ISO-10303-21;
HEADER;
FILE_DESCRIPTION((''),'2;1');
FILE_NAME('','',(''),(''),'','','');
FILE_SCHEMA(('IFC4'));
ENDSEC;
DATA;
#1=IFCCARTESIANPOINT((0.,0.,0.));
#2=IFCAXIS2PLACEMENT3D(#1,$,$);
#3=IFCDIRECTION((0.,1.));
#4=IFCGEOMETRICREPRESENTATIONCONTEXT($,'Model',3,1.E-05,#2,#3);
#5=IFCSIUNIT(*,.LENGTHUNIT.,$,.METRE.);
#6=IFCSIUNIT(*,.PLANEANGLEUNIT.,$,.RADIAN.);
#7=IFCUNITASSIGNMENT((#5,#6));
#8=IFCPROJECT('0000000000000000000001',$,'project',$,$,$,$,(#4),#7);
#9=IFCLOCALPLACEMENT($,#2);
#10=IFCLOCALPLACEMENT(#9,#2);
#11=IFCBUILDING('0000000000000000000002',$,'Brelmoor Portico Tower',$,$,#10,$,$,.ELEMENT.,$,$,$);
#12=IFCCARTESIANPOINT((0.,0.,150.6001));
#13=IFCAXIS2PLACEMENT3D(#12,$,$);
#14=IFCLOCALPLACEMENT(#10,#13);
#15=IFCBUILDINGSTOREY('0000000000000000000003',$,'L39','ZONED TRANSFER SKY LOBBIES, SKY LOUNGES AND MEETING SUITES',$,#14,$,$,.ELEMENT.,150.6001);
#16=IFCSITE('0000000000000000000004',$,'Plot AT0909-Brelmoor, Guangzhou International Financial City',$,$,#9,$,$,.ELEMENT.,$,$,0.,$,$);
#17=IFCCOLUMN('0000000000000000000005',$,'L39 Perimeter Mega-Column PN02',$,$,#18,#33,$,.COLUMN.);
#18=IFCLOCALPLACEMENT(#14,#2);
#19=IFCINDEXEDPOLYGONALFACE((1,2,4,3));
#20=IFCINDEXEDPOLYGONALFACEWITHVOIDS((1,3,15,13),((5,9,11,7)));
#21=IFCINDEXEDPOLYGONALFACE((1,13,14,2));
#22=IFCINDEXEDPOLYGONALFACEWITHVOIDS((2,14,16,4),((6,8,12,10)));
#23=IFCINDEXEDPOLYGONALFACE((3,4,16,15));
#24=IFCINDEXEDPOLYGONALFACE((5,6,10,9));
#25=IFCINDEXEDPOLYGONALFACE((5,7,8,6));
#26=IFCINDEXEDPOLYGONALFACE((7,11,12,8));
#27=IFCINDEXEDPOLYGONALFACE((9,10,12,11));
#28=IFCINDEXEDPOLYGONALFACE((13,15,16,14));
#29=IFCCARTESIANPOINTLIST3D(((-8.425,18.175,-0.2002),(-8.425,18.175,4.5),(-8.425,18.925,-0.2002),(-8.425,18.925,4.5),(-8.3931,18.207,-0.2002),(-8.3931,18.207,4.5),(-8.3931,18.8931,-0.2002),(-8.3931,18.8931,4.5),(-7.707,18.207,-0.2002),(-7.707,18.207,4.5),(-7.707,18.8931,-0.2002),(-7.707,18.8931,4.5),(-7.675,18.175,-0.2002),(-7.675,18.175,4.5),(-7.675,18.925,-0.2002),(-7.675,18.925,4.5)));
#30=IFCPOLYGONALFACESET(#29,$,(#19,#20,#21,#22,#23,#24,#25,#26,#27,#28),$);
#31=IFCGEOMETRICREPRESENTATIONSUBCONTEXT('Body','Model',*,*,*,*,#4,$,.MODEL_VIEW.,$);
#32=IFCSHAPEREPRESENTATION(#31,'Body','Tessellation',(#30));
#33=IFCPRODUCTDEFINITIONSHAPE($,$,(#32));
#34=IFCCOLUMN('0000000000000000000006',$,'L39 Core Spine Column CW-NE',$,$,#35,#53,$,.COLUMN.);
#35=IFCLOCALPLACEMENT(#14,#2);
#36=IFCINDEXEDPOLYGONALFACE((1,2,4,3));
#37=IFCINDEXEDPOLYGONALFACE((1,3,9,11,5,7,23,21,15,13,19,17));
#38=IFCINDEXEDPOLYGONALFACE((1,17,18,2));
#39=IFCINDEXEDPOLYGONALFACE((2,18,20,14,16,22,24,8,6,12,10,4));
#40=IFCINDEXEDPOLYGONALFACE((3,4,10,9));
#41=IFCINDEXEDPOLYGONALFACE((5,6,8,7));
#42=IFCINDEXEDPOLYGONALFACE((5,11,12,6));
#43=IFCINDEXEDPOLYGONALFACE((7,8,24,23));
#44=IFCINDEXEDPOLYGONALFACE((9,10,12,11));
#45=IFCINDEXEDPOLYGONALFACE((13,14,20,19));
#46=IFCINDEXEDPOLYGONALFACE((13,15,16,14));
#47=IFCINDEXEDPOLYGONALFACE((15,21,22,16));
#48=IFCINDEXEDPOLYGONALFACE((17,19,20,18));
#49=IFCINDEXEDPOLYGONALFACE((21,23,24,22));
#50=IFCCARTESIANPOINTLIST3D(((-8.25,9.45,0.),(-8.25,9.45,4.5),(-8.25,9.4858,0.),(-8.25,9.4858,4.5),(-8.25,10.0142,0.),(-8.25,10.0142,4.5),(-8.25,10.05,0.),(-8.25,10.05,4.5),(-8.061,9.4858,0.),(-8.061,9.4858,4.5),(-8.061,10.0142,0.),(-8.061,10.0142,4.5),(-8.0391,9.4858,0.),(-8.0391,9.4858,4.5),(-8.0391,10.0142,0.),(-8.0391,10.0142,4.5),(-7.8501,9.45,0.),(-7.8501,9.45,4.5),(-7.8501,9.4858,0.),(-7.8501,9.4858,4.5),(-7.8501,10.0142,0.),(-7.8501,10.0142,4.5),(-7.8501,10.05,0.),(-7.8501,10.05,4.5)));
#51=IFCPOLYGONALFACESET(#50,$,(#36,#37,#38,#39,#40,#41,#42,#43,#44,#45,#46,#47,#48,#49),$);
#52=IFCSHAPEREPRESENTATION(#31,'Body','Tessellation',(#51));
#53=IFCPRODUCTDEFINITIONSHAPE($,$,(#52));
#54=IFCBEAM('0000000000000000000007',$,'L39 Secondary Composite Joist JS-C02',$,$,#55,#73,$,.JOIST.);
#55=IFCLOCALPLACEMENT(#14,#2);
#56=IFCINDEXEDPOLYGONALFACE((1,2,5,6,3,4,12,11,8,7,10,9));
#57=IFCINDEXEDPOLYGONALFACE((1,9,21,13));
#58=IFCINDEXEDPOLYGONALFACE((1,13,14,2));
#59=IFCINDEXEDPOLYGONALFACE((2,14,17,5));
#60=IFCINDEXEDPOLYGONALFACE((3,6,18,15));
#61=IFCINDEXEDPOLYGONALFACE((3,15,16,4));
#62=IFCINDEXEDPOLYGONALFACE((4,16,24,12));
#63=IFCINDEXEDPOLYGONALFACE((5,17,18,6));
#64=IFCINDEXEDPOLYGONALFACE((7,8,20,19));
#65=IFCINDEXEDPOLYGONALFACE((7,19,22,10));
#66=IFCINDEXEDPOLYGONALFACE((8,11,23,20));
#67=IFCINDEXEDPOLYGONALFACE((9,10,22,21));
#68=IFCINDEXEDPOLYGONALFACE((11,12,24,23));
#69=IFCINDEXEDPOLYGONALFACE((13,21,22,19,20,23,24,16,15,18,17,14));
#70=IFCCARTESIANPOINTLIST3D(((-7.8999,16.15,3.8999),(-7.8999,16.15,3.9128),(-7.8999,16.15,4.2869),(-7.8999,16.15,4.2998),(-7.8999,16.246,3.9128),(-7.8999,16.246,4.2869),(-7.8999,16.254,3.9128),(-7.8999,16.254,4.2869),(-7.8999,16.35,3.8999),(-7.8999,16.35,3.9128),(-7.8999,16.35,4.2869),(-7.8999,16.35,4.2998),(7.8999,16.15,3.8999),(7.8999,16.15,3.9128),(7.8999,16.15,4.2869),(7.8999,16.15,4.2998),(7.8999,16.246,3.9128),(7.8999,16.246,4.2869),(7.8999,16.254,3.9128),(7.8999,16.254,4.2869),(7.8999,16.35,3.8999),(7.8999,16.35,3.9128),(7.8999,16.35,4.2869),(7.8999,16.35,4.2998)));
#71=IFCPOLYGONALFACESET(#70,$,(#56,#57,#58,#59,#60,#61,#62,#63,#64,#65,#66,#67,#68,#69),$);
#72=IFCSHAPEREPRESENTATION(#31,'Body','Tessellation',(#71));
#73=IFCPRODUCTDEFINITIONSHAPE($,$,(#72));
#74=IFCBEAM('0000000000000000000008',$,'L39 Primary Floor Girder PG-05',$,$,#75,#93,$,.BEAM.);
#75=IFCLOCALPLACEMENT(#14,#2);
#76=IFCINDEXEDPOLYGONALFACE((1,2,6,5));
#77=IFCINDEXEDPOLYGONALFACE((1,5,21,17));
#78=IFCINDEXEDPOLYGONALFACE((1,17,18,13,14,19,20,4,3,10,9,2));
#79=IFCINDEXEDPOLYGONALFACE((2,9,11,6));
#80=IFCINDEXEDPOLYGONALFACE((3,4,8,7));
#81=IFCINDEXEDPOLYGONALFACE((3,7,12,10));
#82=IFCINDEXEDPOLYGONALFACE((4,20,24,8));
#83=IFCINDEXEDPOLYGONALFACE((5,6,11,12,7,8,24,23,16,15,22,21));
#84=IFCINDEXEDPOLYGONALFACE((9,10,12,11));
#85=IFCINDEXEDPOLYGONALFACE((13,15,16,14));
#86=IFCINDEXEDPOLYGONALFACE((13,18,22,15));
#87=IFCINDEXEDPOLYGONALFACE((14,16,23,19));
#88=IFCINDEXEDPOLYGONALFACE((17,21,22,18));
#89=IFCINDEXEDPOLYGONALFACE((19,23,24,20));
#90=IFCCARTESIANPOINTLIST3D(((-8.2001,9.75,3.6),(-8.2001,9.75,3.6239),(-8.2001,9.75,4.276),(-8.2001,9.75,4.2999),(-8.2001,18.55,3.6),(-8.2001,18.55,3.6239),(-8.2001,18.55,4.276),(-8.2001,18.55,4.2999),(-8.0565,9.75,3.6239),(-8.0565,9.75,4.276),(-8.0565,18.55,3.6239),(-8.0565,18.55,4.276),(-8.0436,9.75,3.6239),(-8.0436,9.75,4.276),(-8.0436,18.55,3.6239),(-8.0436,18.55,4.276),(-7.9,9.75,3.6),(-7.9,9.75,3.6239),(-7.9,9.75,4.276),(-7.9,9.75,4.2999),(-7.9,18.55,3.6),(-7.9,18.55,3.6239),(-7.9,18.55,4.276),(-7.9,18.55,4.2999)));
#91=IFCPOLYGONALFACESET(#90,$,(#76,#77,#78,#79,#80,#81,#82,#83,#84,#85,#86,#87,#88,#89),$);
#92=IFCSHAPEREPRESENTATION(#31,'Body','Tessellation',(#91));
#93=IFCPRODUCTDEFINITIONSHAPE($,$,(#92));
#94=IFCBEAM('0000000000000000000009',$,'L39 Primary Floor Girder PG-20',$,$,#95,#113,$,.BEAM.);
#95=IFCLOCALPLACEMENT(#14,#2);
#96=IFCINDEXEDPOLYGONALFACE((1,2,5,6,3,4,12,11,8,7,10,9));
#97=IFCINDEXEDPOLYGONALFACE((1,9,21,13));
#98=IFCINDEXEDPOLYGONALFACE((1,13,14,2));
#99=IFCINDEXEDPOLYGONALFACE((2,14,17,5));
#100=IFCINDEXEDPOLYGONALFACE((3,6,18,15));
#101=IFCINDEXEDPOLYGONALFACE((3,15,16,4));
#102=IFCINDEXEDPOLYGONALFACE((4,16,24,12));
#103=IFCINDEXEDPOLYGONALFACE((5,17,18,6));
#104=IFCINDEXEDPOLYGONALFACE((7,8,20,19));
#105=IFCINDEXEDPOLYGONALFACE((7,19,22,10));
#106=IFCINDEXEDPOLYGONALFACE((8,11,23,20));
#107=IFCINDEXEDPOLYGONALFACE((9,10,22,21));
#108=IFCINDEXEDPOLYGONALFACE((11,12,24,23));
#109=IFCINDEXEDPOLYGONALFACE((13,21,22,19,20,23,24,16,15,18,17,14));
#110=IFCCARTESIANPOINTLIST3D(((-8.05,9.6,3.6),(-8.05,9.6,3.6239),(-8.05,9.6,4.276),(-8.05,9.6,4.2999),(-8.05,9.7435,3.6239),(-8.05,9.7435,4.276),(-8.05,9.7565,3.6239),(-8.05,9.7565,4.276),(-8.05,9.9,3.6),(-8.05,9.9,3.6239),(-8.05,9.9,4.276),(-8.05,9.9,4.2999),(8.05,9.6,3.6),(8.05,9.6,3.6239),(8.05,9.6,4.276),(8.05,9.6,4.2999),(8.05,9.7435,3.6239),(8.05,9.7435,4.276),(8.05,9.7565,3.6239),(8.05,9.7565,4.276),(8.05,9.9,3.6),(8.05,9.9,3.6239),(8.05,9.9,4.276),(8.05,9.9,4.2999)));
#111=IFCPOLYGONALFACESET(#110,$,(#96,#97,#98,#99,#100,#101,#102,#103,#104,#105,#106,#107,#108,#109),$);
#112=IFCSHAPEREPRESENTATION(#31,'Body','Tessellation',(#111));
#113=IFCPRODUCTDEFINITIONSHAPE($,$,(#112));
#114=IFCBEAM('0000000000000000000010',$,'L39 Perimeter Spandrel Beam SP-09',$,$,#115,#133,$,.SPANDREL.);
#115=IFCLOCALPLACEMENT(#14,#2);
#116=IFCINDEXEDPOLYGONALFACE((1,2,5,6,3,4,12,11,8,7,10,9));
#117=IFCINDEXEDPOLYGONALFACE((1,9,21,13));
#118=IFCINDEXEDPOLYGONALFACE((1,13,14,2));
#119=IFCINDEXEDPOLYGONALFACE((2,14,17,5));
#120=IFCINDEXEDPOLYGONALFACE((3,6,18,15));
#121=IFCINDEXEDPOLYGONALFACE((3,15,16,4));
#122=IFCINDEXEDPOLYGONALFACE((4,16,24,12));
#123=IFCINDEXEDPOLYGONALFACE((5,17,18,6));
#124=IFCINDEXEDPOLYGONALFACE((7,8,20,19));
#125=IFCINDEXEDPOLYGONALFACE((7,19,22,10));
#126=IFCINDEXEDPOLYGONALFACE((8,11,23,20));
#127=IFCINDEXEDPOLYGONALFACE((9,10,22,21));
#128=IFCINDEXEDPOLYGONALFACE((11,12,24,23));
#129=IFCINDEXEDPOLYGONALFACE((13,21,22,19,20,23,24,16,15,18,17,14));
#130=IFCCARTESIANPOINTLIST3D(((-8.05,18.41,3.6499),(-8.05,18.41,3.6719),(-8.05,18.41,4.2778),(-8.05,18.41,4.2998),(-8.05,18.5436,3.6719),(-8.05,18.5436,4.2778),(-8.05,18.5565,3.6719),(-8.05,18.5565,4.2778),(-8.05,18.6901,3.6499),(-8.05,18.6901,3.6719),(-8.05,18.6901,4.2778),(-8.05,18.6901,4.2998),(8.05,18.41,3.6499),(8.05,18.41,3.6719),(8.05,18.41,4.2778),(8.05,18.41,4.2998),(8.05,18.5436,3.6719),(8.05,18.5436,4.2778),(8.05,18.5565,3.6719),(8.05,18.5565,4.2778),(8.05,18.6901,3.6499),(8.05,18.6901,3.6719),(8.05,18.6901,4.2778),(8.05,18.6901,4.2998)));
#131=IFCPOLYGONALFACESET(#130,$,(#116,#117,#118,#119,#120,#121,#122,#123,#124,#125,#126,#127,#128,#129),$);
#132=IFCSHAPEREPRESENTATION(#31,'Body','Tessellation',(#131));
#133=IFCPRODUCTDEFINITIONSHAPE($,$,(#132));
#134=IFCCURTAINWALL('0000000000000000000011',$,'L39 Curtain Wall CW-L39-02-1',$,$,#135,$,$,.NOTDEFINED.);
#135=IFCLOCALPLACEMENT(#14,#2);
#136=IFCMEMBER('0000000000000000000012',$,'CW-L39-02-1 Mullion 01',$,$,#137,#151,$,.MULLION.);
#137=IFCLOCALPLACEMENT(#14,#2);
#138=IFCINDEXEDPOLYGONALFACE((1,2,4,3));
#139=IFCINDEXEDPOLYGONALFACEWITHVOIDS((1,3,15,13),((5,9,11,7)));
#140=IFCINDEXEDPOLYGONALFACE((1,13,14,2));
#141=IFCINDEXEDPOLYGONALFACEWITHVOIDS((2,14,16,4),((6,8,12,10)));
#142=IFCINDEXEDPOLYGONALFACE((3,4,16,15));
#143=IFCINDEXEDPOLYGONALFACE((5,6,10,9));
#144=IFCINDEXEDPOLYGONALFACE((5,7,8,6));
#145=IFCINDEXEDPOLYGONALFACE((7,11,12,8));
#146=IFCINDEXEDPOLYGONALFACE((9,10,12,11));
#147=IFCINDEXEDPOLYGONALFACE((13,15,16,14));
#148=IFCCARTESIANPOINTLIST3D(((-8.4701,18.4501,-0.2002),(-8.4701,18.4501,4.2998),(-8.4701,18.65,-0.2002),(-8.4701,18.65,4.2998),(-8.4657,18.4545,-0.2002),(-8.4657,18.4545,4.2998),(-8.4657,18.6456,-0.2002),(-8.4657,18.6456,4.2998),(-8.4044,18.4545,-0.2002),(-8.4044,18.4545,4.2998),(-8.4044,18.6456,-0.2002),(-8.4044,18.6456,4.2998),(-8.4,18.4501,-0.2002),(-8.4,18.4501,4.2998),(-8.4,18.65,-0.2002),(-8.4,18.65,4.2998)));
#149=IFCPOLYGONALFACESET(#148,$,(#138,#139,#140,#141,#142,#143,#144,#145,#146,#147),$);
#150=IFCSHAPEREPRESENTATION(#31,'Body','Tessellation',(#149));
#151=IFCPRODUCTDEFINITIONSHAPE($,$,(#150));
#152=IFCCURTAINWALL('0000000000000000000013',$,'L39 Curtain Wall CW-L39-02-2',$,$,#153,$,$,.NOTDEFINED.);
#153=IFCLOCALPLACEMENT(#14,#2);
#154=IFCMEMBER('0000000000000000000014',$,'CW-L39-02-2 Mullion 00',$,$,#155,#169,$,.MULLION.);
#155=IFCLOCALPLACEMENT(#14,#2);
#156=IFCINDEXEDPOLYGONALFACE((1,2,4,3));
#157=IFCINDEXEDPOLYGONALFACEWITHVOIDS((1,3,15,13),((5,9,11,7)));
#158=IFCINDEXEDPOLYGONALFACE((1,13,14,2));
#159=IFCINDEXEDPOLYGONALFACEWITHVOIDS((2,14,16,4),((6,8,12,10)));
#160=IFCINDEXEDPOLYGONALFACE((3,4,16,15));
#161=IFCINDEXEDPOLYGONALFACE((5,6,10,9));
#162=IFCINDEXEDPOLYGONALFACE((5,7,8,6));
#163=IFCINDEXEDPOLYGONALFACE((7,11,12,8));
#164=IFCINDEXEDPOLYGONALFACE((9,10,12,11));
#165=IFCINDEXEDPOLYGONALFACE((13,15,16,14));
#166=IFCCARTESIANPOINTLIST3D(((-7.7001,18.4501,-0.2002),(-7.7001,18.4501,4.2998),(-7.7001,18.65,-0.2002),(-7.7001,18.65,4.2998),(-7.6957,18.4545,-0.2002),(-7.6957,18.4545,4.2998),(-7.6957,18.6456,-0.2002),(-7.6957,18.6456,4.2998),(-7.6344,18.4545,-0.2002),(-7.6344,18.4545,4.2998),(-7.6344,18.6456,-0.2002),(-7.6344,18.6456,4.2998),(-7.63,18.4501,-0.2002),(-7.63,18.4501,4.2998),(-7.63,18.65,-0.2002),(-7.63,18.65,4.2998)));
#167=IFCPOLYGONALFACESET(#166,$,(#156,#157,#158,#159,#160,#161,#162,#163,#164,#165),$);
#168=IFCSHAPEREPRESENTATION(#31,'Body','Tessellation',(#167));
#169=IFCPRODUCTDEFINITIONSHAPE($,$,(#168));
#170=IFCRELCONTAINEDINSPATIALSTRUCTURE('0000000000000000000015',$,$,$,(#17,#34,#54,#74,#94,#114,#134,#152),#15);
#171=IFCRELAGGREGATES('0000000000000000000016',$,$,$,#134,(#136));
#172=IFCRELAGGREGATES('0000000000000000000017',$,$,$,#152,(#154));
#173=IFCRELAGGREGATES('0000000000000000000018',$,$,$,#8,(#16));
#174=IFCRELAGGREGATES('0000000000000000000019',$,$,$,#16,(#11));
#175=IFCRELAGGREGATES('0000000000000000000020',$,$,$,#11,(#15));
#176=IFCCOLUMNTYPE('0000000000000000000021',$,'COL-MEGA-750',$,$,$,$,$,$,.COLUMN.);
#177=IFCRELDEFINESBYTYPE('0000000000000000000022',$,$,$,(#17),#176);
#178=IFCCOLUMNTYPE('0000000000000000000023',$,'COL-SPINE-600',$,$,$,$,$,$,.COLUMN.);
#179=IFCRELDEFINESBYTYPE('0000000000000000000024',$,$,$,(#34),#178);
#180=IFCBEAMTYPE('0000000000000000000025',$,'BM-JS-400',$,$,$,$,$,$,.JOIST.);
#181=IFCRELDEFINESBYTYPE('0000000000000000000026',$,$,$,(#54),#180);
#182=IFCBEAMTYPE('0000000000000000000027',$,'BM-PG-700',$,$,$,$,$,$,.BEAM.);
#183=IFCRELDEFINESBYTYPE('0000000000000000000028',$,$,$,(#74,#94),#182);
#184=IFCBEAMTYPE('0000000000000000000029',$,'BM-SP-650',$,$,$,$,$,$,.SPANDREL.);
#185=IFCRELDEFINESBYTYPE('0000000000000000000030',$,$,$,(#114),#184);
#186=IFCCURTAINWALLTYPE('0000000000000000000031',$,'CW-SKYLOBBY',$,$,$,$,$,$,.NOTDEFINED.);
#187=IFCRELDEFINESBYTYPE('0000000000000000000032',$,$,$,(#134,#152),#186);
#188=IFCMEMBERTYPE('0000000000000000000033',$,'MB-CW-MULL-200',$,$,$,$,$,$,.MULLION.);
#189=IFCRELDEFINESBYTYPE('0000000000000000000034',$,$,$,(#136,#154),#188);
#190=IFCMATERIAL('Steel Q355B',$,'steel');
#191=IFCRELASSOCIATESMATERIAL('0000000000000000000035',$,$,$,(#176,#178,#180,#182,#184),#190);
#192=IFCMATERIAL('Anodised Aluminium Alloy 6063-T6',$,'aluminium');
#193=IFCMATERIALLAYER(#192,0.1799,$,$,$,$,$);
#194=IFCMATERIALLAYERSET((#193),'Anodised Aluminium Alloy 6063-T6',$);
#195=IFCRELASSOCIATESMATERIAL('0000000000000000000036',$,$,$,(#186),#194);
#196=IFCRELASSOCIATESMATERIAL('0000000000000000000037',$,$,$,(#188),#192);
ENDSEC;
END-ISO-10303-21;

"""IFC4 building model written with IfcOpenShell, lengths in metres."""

from ifc_helpers import new_model, si_unit, direction, frame, origin, origin_2d, place, context, subcontext, project, spatial, hollow_rectangle, i_section, extrude, material, layer, layer_set, material_profile, profile_set, type_object, element, aggregate, save


model = new_model("IFC4")

# Units and contexts
model_context = context("Model", 3, precision=1e-05, world=origin(), true_north=direction((0.0, 1.0)))
body_context = subcontext(model_context, "Body", "Model", "MODEL_VIEW")
ifc_project = project(units=[si_unit("LENGTHUNIT", "METRE"), si_unit("PLANEANGLEUNIT", "RADIAN")], contexts=[model_context])

# Site, building, storey
site_placement = place(None, origin())
site = spatial("IfcSite", under=ifc_project, at=site_placement, Name="Plot AT0909-Brelmoor, Guangzhou International Financial City", CompositionType="ELEMENT", RefElevation=0.0)
building_placement = place(site_placement, origin())
building = spatial("IfcBuilding", under=site, at=building_placement, Name="Brelmoor Portico Tower", CompositionType="ELEMENT")
storey_placement = place(building_placement, frame((0.0, 0.0, 150.6001)))
storey = spatial("IfcBuildingStorey", under=building, at=storey_placement, Name="L39", Description="ZONED TRANSFER SKY LOBBIES, SKY LOUNGES AND MEETING SUITES", CompositionType="ELEMENT", Elevation=150.6001)

# Columns
ifc_material_1 = material(Name="Steel Q355B", Category="steel")
ifc_material_profile_1 = material_profile(ifc_material_1, hollow_rectangle(XDim=0.75, YDim=0.75, WallThickness=0.032, at=origin_2d()), Name="BOX 750x750x32")
ifc_profile_set_1 = profile_set([ifc_material_profile_1], Name="Steel Q355B")
column_type_1 = type_object("IfcColumnType", Name="COL-MEGA-750", PredefinedType="COLUMN", material=ifc_profile_set_1)
column_1_placement = place(storey_placement, frame((-8.05, 18.55, -0.2002), z_axis=(0.0, 0.0, 1.0), x_axis=(1.0, 0.0, 0.0)))
element("IfcColumn", 1, at=column_1_placement, inside=storey, type_object=column_type_1, Name="L39 Perimeter Mega-Column PN02", PredefinedType="COLUMN", context=body_context, shape_type="SweptSolid", body=[
    extrude(hollow_rectangle(XDim=0.75, YDim=0.75, WallThickness=0.032, at=origin_2d()), origin(), (0.0, 0.0, 1.0), 4.7002),
])
ifc_material_profile_2 = material_profile(ifc_material_1, i_section(OverallWidth=0.3999, OverallDepth=0.6001, WebThickness=0.022, FlangeThickness=0.0359, at=origin_2d()), Name="HW 600x400x22x36")
ifc_profile_set_2 = profile_set([ifc_material_profile_2], Name="Steel Q355B")
column_type_2 = type_object("IfcColumnType", Name="COL-SPINE-600", PredefinedType="COLUMN", material=ifc_profile_set_2)
column_2_placement = place(storey_placement, frame((-8.05, 9.75, 0.0), z_axis=(0.0, 0.0, 1.0), x_axis=(1.0, 0.0, 0.0)))
element("IfcColumn", 2, at=column_2_placement, inside=storey, type_object=column_type_2, Name="L39 Core Spine Column CW-NE", PredefinedType="COLUMN", context=body_context, shape_type="SweptSolid", body=[
    extrude(i_section(OverallWidth=0.3999, OverallDepth=0.6001, WebThickness=0.022, FlangeThickness=0.0359, at=origin_2d()), origin(), (0.0, 0.0, 1.0), 4.5),
])

# Beams
ifc_material_profile_3 = material_profile(ifc_material_1, i_section(OverallWidth=0.2, OverallDepth=0.3999, WebThickness=0.0081, FlangeThickness=0.0129, at=origin_2d()), Name="HN 400x200x8x13")
ifc_profile_set_3 = profile_set([ifc_material_profile_3], Name="Steel Q355B")
beam_type_1 = type_object("IfcBeamType", Name="BM-JS-400", PredefinedType="JOIST", material=ifc_profile_set_3)
beam_1_placement = place(storey_placement, frame((-7.8999, 16.25, 4.0999), z_axis=(1.0, 0.0, 0.0), x_axis=(0.0, 1.0, 0.0)))
element("IfcBeam", 3, at=beam_1_placement, inside=storey, type_object=beam_type_1, Name="L39 Secondary Composite Joist JS-C02", PredefinedType="JOIST", context=body_context, shape_type="SweptSolid", body=[
    extrude(i_section(OverallWidth=0.2, OverallDepth=0.3999, WebThickness=0.0081, FlangeThickness=0.0129, at=origin_2d()), origin(), (0.0, 0.0, 1.0), 15.7998),
])
ifc_material_profile_4 = material_profile(ifc_material_1, i_section(OverallWidth=0.3, OverallDepth=0.7, WebThickness=0.0129, FlangeThickness=0.0239, at=origin_2d()), Name="HN 700x300x13x24")
ifc_profile_set_4 = profile_set([ifc_material_profile_4], Name="Steel Q355B")
beam_type_2 = type_object("IfcBeamType", Name="BM-PG-700", PredefinedType="BEAM", material=ifc_profile_set_4)
beam_2_placement = place(storey_placement, frame((-8.05, 9.75, 3.95), z_axis=(0.0, 1.0, 0.0), x_axis=(-1.0, 0.0, 0.0)))
element("IfcBeam", 4, at=beam_2_placement, inside=storey, type_object=beam_type_2, Name="L39 Primary Floor Girder PG-05", PredefinedType="BEAM", context=body_context, shape_type="SweptSolid", body=[
    extrude(i_section(OverallWidth=0.3, OverallDepth=0.7, WebThickness=0.0129, FlangeThickness=0.0239, at=origin_2d()), origin(), (0.0, 0.0, 1.0), 8.8),
])
beam_3_placement = place(storey_placement, frame((-8.05, 9.75, 3.95), z_axis=(1.0, 0.0, 0.0), x_axis=(0.0, 1.0, 0.0)))
element("IfcBeam", 5, at=beam_3_placement, inside=storey, type_object=beam_type_2, Name="L39 Primary Floor Girder PG-20", PredefinedType="BEAM", context=body_context, shape_type="SweptSolid", body=[
    extrude(i_section(OverallWidth=0.3, OverallDepth=0.7, WebThickness=0.0129, FlangeThickness=0.0239, at=origin_2d()), origin(), (0.0, 0.0, 1.0), 16.1001),
])
ifc_material_profile_5 = material_profile(ifc_material_1, i_section(OverallWidth=0.28, OverallDepth=0.6499, WebThickness=0.0129, FlangeThickness=0.022, at=origin_2d()), Name="HN 650x280x13x22")
ifc_profile_set_5 = profile_set([ifc_material_profile_5], Name="Steel Q355B")
beam_type_3 = type_object("IfcBeamType", Name="BM-SP-650", PredefinedType="SPANDREL", material=ifc_profile_set_5)
beam_4_placement = place(storey_placement, frame((-8.05, 18.55, 3.9749), z_axis=(1.0, 0.0, 0.0), x_axis=(0.0, 1.0, 0.0)))
element("IfcBeam", 6, at=beam_4_placement, inside=storey, type_object=beam_type_3, Name="L39 Perimeter Spandrel Beam SP-09", PredefinedType="SPANDREL", context=body_context, shape_type="SweptSolid", body=[
    extrude(i_section(OverallWidth=0.28, OverallDepth=0.6499, WebThickness=0.0129, FlangeThickness=0.022, at=origin_2d()), origin(), (0.0, 0.0, 1.0), 16.1001),
])

# Curtain wall, member
ifc_material_2 = material(Name="Anodised Aluminium Alloy 6063-T6", Category="aluminium")
ifc_layer_1 = layer(ifc_material_2, 0.1799)
ifc_layer_set_1 = layer_set([ifc_layer_1], Name="Anodised Aluminium Alloy 6063-T6")
curtain_wall_type = type_object("IfcCurtainWallType", Name="CW-SKYLOBBY", PredefinedType="NOTDEFINED", material=ifc_layer_set_1)
curtain_wall_1_placement = place(storey_placement, origin())
curtain_wall_1 = element("IfcCurtainWall", 7, at=curtain_wall_1_placement, inside=storey, type_object=curtain_wall_type, Name="L39 Curtain Wall CW-L39-02-1", PredefinedType="NOTDEFINED")
ifc_material_profile_6 = material_profile(ifc_material_2, hollow_rectangle(XDim=0.0701, YDim=0.2, WallThickness=0.0044, at=origin_2d()), Name="ALU MULLION 70x200")
ifc_profile_set_6 = profile_set([ifc_material_profile_6], Name="Anodised Aluminium Alloy 6063-T6")
member_type_1 = type_object("IfcMemberType", Name="MB-CW-MULL-200", PredefinedType="MULLION", material=ifc_profile_set_6)
member_1_placement = place(storey_placement, frame((-8.4351, 18.55, -0.2002), z_axis=(0.0, 0.0, 1.0), x_axis=(1.0, 0.0, 0.0)))
member_1 = element("IfcMember", 8, at=member_1_placement, type_object=member_type_1, Name="CW-L39-02-1 Mullion 01", PredefinedType="MULLION", context=body_context, shape_type="SweptSolid", body=[
    extrude(hollow_rectangle(XDim=0.0701, YDim=0.2, WallThickness=0.0044, at=origin_2d()), origin(), (0.0, 0.0, 1.0), 4.5),
])

# Curtain wall, member
curtain_wall_2_placement = place(storey_placement, origin())
curtain_wall_2 = element("IfcCurtainWall", 9, at=curtain_wall_2_placement, inside=storey, type_object=curtain_wall_type, Name="L39 Curtain Wall CW-L39-02-2", PredefinedType="NOTDEFINED")
member_2_placement = place(storey_placement, frame((-7.665, 18.55, -0.2002), z_axis=(0.0, 0.0, 1.0), x_axis=(1.0, 0.0, 0.0)))
member_2 = element("IfcMember", 10, at=member_2_placement, type_object=member_type_1, Name="CW-L39-02-2 Mullion 00", PredefinedType="MULLION", context=body_context, shape_type="SweptSolid", body=[
    extrude(hollow_rectangle(XDim=0.0701, YDim=0.2, WallThickness=0.0044, at=origin_2d()), origin(), (0.0, 0.0, 1.0), 4.5),
])

aggregate(curtain_wall_1, [member_1])
aggregate(curtain_wall_2, [member_2])

save(model, "model.ifc")
